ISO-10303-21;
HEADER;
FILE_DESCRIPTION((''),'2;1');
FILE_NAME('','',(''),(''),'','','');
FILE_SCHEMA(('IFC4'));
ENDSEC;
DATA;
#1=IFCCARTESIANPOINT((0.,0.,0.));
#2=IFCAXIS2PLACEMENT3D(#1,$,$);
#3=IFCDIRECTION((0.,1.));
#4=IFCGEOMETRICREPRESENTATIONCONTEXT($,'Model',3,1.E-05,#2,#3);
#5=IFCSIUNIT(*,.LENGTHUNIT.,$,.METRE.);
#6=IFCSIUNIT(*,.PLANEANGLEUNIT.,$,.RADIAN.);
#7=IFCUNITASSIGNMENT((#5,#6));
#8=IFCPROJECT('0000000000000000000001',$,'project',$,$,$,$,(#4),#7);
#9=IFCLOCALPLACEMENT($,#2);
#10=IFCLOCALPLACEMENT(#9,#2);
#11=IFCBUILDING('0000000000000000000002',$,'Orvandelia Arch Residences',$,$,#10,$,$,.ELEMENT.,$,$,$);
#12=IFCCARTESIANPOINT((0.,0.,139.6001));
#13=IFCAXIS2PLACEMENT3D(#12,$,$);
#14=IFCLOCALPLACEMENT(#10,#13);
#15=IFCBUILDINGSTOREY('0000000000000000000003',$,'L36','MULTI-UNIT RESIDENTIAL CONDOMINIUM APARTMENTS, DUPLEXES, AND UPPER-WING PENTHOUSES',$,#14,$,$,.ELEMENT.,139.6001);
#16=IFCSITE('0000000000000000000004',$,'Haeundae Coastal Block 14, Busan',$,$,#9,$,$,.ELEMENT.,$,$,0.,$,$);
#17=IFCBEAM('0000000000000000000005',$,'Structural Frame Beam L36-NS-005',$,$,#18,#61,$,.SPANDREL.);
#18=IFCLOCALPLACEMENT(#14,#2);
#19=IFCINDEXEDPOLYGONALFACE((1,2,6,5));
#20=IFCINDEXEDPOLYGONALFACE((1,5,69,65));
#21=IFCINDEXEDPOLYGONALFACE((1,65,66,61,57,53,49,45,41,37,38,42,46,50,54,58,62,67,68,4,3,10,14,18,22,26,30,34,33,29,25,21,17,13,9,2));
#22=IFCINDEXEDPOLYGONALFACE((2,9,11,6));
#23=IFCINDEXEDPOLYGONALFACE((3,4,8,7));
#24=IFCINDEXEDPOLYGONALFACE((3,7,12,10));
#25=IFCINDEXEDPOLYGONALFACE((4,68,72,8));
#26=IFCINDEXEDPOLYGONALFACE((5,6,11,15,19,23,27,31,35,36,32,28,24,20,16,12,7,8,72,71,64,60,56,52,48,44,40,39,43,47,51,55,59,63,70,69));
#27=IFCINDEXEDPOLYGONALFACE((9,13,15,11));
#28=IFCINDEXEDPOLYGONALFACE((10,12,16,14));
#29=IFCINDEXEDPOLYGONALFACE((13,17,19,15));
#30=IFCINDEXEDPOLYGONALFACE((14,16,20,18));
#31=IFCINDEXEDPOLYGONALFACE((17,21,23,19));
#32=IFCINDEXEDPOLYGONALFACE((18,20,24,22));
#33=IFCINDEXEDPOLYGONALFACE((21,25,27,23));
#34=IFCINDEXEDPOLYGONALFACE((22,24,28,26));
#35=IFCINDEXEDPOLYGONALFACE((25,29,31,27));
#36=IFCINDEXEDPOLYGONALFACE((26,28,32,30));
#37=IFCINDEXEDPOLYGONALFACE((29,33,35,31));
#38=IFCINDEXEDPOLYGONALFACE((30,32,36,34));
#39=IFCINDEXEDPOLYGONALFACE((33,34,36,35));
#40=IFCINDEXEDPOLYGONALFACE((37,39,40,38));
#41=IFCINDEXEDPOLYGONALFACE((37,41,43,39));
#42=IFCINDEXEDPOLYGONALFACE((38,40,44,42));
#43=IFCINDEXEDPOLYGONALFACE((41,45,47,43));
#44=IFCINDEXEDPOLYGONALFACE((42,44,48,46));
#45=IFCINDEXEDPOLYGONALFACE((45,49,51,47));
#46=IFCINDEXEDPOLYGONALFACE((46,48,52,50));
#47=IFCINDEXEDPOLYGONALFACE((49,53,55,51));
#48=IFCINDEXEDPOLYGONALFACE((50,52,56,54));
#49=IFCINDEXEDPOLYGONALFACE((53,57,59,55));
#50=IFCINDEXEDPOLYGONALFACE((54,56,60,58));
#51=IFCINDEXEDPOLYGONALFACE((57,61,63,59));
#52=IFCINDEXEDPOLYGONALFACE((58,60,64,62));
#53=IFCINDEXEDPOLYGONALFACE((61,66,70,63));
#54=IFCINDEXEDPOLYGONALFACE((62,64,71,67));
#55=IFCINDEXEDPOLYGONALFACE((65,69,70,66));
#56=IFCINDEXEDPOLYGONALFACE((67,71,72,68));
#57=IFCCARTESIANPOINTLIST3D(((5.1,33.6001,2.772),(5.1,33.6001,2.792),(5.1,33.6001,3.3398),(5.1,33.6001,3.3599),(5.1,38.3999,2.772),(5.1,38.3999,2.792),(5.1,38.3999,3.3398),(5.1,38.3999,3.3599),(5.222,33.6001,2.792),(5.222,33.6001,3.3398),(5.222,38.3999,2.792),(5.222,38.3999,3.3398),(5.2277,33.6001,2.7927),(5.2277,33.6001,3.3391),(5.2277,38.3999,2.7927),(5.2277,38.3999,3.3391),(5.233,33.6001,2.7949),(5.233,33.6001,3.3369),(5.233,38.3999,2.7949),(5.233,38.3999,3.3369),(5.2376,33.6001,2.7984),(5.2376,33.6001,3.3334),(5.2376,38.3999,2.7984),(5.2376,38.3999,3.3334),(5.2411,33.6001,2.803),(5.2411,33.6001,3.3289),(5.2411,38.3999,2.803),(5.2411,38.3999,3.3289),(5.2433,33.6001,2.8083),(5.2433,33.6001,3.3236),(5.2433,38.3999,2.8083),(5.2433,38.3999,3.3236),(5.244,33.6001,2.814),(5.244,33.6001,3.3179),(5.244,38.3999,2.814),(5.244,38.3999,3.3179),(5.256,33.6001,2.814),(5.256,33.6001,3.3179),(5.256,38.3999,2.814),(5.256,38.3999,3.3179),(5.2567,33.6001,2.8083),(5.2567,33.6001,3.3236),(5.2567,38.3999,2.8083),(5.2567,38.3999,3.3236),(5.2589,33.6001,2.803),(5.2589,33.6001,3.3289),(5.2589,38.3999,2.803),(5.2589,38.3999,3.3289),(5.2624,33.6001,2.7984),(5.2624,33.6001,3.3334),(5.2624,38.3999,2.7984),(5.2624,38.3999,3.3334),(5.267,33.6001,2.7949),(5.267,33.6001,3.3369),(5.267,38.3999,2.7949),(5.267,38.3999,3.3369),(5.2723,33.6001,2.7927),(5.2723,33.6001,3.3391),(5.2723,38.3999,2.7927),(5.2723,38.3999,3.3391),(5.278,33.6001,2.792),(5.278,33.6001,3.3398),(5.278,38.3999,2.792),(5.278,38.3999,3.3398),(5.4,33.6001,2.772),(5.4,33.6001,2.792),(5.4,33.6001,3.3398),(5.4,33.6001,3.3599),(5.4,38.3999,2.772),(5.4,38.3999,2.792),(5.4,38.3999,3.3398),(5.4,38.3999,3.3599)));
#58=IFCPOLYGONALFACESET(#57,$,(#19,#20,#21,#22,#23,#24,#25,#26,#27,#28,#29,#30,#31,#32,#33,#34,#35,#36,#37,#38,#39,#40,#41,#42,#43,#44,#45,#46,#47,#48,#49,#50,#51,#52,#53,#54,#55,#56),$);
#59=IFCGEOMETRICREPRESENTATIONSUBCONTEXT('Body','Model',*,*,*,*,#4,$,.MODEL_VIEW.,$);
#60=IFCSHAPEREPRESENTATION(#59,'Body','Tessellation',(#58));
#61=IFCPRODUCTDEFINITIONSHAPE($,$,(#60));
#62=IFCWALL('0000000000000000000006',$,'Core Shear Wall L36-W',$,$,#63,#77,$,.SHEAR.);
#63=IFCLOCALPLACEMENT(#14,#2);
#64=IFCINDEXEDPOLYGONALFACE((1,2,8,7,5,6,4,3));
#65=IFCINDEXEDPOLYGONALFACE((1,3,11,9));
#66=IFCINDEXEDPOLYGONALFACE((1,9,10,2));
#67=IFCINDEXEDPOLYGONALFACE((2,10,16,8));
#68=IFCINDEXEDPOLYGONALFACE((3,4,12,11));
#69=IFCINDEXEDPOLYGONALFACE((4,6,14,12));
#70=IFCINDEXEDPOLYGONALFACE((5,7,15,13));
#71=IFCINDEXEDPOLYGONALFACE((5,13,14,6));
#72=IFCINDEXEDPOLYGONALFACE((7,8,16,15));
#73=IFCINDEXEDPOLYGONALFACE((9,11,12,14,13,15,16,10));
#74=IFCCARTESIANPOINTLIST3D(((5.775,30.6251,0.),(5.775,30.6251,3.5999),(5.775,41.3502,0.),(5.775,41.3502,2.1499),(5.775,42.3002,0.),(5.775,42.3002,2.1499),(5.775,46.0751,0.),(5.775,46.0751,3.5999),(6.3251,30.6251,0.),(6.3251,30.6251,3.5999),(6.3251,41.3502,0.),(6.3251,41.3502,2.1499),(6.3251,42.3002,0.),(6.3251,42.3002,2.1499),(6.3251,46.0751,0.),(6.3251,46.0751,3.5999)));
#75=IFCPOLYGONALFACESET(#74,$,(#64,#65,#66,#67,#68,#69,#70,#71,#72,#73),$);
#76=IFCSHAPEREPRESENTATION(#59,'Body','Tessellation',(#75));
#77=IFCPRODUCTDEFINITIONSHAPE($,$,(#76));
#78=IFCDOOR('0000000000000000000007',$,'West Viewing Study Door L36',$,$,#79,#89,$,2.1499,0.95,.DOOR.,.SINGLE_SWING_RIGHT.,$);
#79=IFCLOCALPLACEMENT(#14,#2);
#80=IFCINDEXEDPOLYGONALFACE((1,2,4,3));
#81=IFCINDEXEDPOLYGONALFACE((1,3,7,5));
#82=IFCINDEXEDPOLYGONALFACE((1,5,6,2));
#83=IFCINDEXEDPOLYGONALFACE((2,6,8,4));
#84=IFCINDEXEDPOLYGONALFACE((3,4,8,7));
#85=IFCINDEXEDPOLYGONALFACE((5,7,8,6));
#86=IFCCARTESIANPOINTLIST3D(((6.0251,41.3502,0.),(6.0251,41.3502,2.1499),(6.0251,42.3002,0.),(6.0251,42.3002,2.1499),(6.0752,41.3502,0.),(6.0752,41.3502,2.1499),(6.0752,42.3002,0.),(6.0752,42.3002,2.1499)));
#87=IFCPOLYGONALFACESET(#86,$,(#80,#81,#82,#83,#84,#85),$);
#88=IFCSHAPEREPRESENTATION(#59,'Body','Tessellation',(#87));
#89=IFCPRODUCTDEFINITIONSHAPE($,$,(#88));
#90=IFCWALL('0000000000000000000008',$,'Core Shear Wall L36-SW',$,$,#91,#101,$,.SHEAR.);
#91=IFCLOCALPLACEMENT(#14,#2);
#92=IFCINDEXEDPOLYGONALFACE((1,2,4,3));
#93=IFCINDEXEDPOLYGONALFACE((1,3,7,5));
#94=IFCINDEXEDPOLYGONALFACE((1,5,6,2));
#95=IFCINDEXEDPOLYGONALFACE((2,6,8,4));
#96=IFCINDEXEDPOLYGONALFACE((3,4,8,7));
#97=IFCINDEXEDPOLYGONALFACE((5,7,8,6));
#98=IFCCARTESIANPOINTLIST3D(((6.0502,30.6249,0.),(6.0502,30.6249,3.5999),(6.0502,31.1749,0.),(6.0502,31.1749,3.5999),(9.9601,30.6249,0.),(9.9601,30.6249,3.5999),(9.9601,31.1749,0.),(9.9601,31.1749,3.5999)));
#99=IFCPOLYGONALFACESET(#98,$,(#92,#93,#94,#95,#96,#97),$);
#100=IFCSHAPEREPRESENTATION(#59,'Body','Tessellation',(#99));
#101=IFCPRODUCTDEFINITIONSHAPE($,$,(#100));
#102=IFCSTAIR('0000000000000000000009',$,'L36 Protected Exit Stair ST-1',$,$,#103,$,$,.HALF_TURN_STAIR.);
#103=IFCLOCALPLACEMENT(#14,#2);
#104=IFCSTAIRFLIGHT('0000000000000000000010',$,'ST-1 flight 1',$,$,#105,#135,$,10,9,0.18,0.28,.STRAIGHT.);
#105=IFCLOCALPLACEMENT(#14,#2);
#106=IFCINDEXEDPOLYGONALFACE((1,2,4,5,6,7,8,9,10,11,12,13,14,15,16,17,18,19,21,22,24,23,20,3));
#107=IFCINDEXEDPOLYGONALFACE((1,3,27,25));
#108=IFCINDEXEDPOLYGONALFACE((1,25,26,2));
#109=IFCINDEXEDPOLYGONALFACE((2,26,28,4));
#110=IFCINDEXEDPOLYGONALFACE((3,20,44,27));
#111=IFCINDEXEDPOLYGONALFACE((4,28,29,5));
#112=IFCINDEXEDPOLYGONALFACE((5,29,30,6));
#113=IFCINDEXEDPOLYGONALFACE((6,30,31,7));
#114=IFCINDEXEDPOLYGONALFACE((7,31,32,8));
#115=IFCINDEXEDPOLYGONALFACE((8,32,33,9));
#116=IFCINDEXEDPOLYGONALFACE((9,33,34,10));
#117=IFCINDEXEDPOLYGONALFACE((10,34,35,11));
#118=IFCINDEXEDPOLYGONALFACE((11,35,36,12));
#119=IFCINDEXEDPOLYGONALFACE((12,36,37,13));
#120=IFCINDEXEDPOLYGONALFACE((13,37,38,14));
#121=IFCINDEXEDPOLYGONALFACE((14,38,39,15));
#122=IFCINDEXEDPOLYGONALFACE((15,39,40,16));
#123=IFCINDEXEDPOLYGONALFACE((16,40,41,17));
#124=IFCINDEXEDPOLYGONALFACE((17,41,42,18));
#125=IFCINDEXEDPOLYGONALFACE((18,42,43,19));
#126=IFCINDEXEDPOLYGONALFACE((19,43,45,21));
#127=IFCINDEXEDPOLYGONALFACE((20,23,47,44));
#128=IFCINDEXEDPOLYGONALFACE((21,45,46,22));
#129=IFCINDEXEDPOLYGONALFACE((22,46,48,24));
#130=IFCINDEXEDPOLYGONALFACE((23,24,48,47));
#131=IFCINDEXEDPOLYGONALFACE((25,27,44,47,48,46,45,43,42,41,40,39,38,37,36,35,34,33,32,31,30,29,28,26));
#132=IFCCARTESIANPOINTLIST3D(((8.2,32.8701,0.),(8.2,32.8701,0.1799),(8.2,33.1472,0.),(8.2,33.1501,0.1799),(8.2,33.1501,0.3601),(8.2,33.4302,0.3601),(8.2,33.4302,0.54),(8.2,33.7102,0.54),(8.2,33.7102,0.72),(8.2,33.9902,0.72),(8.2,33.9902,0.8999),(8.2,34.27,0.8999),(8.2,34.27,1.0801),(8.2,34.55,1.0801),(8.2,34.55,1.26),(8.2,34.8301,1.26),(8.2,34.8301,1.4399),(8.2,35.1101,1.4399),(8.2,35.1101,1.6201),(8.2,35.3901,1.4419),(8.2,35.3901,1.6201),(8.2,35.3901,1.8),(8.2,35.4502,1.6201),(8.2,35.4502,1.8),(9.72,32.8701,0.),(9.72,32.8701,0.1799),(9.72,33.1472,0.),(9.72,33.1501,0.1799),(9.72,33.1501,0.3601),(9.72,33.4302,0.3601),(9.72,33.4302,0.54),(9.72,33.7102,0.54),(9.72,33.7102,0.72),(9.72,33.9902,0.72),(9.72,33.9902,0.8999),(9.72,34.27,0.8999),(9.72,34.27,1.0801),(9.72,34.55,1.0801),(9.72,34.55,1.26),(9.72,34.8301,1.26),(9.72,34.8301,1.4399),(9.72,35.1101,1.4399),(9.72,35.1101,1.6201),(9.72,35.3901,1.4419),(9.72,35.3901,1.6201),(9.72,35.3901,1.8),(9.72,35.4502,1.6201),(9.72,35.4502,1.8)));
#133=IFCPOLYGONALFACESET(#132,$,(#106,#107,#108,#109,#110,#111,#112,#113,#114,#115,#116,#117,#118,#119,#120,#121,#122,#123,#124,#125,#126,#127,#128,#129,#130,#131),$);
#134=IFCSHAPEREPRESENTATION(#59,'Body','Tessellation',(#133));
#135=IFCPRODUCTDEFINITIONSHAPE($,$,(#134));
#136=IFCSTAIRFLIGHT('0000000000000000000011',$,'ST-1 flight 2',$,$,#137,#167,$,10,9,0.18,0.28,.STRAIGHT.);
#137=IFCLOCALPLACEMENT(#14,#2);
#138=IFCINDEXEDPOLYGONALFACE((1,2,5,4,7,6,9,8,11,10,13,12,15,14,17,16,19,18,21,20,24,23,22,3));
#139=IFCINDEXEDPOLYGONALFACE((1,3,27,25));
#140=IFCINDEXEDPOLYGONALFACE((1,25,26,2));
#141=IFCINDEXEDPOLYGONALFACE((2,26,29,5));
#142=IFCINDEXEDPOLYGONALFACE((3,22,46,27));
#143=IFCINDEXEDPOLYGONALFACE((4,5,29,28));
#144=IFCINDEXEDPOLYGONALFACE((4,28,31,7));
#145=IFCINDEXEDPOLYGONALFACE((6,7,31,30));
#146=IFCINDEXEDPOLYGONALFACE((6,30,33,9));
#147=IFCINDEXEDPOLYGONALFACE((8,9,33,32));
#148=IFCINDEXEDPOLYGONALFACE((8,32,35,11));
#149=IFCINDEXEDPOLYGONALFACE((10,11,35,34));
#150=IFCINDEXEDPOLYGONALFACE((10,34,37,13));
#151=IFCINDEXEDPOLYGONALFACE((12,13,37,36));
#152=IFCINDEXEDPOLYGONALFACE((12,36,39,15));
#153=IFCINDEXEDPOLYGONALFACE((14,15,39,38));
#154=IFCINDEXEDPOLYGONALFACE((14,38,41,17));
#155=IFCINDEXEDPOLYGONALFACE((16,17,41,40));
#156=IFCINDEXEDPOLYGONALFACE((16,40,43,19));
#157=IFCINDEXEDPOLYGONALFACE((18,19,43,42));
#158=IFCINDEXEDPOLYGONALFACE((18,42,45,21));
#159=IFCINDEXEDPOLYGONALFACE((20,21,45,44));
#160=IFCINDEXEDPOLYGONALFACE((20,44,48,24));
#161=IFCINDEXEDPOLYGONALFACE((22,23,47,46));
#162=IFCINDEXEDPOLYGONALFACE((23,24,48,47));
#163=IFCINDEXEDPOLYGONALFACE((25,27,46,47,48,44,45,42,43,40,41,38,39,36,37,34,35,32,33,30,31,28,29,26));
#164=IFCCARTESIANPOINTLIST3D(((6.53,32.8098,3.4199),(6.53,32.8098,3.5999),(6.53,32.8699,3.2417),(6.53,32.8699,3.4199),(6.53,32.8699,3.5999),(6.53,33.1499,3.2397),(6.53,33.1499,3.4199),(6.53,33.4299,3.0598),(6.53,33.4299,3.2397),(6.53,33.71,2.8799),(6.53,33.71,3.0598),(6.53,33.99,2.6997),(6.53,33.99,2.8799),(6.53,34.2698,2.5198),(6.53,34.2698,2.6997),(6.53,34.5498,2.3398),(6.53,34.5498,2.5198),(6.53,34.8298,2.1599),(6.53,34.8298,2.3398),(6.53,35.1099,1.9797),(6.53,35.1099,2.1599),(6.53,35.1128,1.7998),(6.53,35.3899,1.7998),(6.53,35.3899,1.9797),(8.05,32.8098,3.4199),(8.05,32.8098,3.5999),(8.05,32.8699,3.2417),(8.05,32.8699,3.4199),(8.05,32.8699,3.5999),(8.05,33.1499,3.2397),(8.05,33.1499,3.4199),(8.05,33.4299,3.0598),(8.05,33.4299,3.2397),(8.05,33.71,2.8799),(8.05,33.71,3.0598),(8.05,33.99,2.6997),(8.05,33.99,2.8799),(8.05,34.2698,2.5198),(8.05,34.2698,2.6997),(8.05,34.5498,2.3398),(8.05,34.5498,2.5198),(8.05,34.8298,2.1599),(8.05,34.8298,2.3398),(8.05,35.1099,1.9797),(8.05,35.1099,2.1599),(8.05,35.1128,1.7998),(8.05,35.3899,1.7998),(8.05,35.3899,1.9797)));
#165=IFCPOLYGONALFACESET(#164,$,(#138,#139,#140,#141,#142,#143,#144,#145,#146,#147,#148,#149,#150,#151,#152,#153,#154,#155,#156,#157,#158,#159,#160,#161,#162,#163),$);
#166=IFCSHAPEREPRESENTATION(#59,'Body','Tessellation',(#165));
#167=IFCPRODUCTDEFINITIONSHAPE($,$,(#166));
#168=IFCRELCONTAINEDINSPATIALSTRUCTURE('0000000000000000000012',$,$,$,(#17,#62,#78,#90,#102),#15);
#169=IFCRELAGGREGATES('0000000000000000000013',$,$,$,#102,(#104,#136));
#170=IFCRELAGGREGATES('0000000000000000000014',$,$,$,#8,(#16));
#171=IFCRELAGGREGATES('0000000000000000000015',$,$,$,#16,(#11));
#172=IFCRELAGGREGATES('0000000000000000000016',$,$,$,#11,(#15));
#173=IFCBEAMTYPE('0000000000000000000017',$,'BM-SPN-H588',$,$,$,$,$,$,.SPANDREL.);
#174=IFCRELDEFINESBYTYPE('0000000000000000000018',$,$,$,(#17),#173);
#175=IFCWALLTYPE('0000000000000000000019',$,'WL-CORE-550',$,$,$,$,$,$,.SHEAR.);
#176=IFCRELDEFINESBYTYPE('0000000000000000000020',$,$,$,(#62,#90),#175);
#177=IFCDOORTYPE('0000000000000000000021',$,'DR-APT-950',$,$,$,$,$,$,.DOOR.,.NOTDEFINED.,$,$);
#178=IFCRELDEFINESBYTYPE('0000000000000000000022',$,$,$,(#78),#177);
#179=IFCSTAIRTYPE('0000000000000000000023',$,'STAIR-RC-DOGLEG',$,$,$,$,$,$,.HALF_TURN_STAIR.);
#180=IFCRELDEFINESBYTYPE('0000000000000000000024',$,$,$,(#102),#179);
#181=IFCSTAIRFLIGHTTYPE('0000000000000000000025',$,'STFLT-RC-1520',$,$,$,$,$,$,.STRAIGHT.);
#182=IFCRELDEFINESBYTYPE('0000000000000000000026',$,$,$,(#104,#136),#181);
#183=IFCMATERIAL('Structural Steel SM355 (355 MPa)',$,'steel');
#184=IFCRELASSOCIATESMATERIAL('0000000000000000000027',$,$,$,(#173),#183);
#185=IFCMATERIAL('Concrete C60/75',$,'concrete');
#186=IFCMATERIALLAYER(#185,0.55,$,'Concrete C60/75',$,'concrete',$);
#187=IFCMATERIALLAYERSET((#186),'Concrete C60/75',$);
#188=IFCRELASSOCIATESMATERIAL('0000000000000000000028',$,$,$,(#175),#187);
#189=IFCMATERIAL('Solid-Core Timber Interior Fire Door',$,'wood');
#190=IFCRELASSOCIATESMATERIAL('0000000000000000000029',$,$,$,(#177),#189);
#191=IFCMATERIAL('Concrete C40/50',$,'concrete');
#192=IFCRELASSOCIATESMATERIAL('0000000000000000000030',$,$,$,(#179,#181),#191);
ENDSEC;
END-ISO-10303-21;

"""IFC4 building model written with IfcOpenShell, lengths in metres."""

from ifc_helpers import new_model, si_unit, direction, frame, frame_2d, origin, origin_2d, place, context, subcontext, project, spatial, polyline, rectangle, i_section, outline, extrude, material, layer, layer_set, material_profile, profile_set, type_object, element, fill, aggregate, save


model = new_model("IFC4")

# Units and contexts
model_context = context("Model", 3, precision=1e-05, world=origin(), true_north=direction((0.0, 1.0)))
body_context = subcontext(model_context, "Body", "Model", "MODEL_VIEW")
ifc_project = project(units=[si_unit("LENGTHUNIT", "METRE"), si_unit("PLANEANGLEUNIT", "RADIAN")], contexts=[model_context])

# Site, building, storey
site_placement = place(None, origin())
site = spatial("IfcSite", under=ifc_project, at=site_placement, Name="Haeundae Coastal Block 14, Busan", CompositionType="ELEMENT", RefElevation=0.0)
building_placement = place(site_placement, origin())
building = spatial("IfcBuilding", under=site, at=building_placement, Name="Orvandelia Arch Residences", CompositionType="ELEMENT")
storey_placement = place(building_placement, frame((0.0, 0.0, 139.6001)))
storey = spatial("IfcBuildingStorey", under=building, at=storey_placement, Name="L36", Description="MULTI-UNIT RESIDENTIAL CONDOMINIUM APARTMENTS, DUPLEXES, AND UPPER-WING PENTHOUSES", CompositionType="ELEMENT", Elevation=139.6001)

# Shared definitions
ifc_material_1 = material(Name="Concrete C60/75", Category="concrete")

# Beam
ifc_material_2 = material(Name="Structural Steel SM355 (355 MPa)", Category="steel")
ifc_material_profile_1 = material_profile(ifc_material_2, i_section(OverallWidth=0.3, OverallDepth=0.5879, WebThickness=0.012, FlangeThickness=0.02, FilletRadius=0.022, at=origin_2d()), Name="Structural Steel SM355 (355 MPa)", Category="steel")
ifc_profile_set_1 = profile_set([ifc_material_profile_1], Name="Structural Steel SM355 (355 MPa)")
beam_type_1 = type_object("IfcBeamType", Name="BM-SPN-H588", PredefinedType="SPANDREL", material=ifc_profile_set_1)
beam_1_placement = place(storey_placement, frame((5.25, 33.6001, 3.0659), z_axis=(0.0, 1.0, 0.0), x_axis=(-1.0, 0.0, 0.0)))
element("IfcBeam", 1, at=beam_1_placement, inside=storey, type_object=beam_type_1, Name="Structural Frame Beam L36-NS-005", PredefinedType="SPANDREL", context=body_context, shape_type="SweptSolid", body=[
    extrude(i_section(OverallWidth=0.3, OverallDepth=0.5879, WebThickness=0.012, FlangeThickness=0.02, FilletRadius=0.022, at=origin_2d()), origin(), (0.0, 0.0, 1.0), 4.7998),
])

# Wall, opening, door
ifc_layer = layer(ifc_material_1, 0.55, Name="Concrete C60/75", Category="concrete")
ifc_layer_set = layer_set([ifc_layer], Name="Concrete C60/75")
wall_type = type_object("IfcWallType", Name="WL-CORE-550", PredefinedType="SHEAR", material=ifc_layer_set)
wall_1_placement = place(storey_placement, frame((6.05, 30.625, 0.0), z_axis=(0.0, 0.0, 1.0), x_axis=(0.0, 1.0, 0.0)))
wall_1 = element("IfcWall", 2, at=wall_1_placement, inside=storey, type_object=wall_type, Name="Core Shear Wall L36-W", PredefinedType="SHEAR", context=body_context, shape_type="SweptSolid", body=[
    extrude(rectangle(XDim=15.45, YDim=0.55, at=frame_2d((7.7251, 0.0))), origin(), (0.0, 0.0, 1.0), 3.5999),
])
opening_placement = place(wall_1_placement, frame((10.7251, 0.0, 0.0)))
opening = element("IfcOpeningElement", 3, at=opening_placement, cuts=wall_1, PredefinedType="OPENING", context=body_context, shape_type="SweptSolid", body=[
    extrude(rectangle(XDim=0.95, YDim=2.1499, at=frame_2d((0.4751, 1.075))), frame((0.0, 0.2852, 0.0), z_axis=(0.0, -1.0, 0.0), x_axis=(1.0, 0.0, 0.0)), (0.0, 0.0, 1.0), 0.5701),
])
ifc_material_3 = material(Name="Solid-Core Timber Interior Fire Door", Category="wood")
door_type = type_object("IfcDoorType", Name="DR-APT-950", OperationType="NOTDEFINED", PredefinedType="DOOR", material=ifc_material_3)
door_placement = place(opening_placement, origin())
door = element("IfcDoor", 4, at=door_placement, inside=storey, type_object=door_type, Name="West Viewing Study Door L36", OperationType="SINGLE_SWING_RIGHT", OverallHeight=2.1499, OverallWidth=0.95, PredefinedType="DOOR", context=body_context, shape_type="SweptSolid", body=[
    extrude(rectangle(XDim=0.95, YDim=2.1499, at=frame_2d((0.4751, 1.075))), frame((0.0, 0.0249, 0.0), z_axis=(0.0, -1.0, 0.0), x_axis=(1.0, 0.0, 0.0)), (0.0, 0.0, 1.0), 0.05),
])
fill(opening, door)

# Wall
wall_2_placement = place(storey_placement, frame((6.05, 30.8999, 0.0), z_axis=(0.0, 0.0, 1.0), x_axis=(1.0, 0.0, 0.0)))
element("IfcWall", 5, at=wall_2_placement, inside=storey, type_object=wall_type, Name="Core Shear Wall L36-SW", PredefinedType="SHEAR", context=body_context, shape_type="SweptSolid", body=[
    extrude(rectangle(XDim=3.9099, YDim=0.55, at=frame_2d((1.9551, 0.0))), origin(), (0.0, 0.0, 1.0), 3.5999),
])

# Stair, stair flights
ifc_material_4 = material(Name="Concrete C40/50", Category="concrete")
stair_type = type_object("IfcStairType", Name="STAIR-RC-DOGLEG", PredefinedType="HALF_TURN_STAIR", material=ifc_material_4)
stair_placement = place(storey_placement, origin())
stair = element("IfcStair", 6, at=stair_placement, inside=storey, type_object=stair_type, Name="L36 Protected Exit Stair ST-1", PredefinedType="HALF_TURN_STAIR")
stair_flight_type = type_object("IfcStairFlightType", Name="STFLT-RC-1520", PredefinedType="STRAIGHT", material=ifc_material_4)
stair_flight_1_placement = place(storey_placement, frame((8.96, 32.8701, 0.0), z_axis=(0.0, 0.0, 1.0), x_axis=(0.0, 1.0, 0.0)))
stair_flight_1 = element("IfcStairFlight", 7, at=stair_flight_1_placement, type_object=stair_flight_type, Name="ST-1 flight 1", NumberOfRisers=10, NumberOfTreads=9, PredefinedType="STRAIGHT", RiserHeight=0.18, TreadLength=0.28, context=body_context, shape_type="SweptSolid", body=[
    extrude(outline(polyline([(0.0, 0.0), (0.0, 0.1799), (0.28, 0.1799), (0.28, 0.3601), (0.5601, 0.3601), (0.5601, 0.54), (0.8401, 0.54), (0.8401, 0.72), (1.1201, 0.72), (1.1201, 0.8999), (1.3999, 0.8999), (1.3999, 1.0801), (1.6799, 1.0801), (1.6799, 1.26), (1.96, 1.26), (1.96, 1.4399), (2.24, 1.4399), (2.24, 1.6201), (2.52, 1.6201), (2.52, 1.8), (2.5801, 1.8), (2.5801, 1.6201), (2.52, 1.4419), (0.2771, 0.0), (0.0, 0.0)])), frame((0.0, 0.76, 0.0), z_axis=(0.0, -1.0, 0.0), x_axis=(1.0, 0.0, 0.0)), (0.0, 0.0, 1.0), 1.52),
])
stair_flight_2_placement = place(storey_placement, frame((7.29, 35.3899, 1.7998), z_axis=(0.0, 0.0, 1.0), x_axis=(0.0, -1.0, 0.0)))
stair_flight_2 = element("IfcStairFlight", 8, at=stair_flight_2_placement, type_object=stair_flight_type, Name="ST-1 flight 2", NumberOfRisers=10, NumberOfTreads=9, PredefinedType="STRAIGHT", RiserHeight=0.18, TreadLength=0.28, context=body_context, shape_type="SweptSolid", body=[
    extrude(outline(polyline([(0.0, 0.0), (0.0, 0.1799), (0.28, 0.1799), (0.28, 0.3601), (0.5601, 0.3601), (0.5601, 0.54), (0.8401, 0.54), (0.8401, 0.72), (1.1201, 0.72), (1.1201, 0.8999), (1.3999, 0.8999), (1.3999, 1.0801), (1.6799, 1.0801), (1.6799, 1.26), (1.96, 1.26), (1.96, 1.4399), (2.24, 1.4399), (2.24, 1.6201), (2.52, 1.6201), (2.52, 1.8), (2.5801, 1.8), (2.5801, 1.6201), (2.52, 1.4419), (0.2771, 0.0), (0.0, 0.0)])), frame((0.0, 0.76, 0.0), z_axis=(0.0, -1.0, 0.0), x_axis=(1.0, 0.0, 0.0)), (0.0, 0.0, 1.0), 1.52),
])
aggregate(stair, [stair_flight_1, stair_flight_2])

save(model, "model.ifc")
